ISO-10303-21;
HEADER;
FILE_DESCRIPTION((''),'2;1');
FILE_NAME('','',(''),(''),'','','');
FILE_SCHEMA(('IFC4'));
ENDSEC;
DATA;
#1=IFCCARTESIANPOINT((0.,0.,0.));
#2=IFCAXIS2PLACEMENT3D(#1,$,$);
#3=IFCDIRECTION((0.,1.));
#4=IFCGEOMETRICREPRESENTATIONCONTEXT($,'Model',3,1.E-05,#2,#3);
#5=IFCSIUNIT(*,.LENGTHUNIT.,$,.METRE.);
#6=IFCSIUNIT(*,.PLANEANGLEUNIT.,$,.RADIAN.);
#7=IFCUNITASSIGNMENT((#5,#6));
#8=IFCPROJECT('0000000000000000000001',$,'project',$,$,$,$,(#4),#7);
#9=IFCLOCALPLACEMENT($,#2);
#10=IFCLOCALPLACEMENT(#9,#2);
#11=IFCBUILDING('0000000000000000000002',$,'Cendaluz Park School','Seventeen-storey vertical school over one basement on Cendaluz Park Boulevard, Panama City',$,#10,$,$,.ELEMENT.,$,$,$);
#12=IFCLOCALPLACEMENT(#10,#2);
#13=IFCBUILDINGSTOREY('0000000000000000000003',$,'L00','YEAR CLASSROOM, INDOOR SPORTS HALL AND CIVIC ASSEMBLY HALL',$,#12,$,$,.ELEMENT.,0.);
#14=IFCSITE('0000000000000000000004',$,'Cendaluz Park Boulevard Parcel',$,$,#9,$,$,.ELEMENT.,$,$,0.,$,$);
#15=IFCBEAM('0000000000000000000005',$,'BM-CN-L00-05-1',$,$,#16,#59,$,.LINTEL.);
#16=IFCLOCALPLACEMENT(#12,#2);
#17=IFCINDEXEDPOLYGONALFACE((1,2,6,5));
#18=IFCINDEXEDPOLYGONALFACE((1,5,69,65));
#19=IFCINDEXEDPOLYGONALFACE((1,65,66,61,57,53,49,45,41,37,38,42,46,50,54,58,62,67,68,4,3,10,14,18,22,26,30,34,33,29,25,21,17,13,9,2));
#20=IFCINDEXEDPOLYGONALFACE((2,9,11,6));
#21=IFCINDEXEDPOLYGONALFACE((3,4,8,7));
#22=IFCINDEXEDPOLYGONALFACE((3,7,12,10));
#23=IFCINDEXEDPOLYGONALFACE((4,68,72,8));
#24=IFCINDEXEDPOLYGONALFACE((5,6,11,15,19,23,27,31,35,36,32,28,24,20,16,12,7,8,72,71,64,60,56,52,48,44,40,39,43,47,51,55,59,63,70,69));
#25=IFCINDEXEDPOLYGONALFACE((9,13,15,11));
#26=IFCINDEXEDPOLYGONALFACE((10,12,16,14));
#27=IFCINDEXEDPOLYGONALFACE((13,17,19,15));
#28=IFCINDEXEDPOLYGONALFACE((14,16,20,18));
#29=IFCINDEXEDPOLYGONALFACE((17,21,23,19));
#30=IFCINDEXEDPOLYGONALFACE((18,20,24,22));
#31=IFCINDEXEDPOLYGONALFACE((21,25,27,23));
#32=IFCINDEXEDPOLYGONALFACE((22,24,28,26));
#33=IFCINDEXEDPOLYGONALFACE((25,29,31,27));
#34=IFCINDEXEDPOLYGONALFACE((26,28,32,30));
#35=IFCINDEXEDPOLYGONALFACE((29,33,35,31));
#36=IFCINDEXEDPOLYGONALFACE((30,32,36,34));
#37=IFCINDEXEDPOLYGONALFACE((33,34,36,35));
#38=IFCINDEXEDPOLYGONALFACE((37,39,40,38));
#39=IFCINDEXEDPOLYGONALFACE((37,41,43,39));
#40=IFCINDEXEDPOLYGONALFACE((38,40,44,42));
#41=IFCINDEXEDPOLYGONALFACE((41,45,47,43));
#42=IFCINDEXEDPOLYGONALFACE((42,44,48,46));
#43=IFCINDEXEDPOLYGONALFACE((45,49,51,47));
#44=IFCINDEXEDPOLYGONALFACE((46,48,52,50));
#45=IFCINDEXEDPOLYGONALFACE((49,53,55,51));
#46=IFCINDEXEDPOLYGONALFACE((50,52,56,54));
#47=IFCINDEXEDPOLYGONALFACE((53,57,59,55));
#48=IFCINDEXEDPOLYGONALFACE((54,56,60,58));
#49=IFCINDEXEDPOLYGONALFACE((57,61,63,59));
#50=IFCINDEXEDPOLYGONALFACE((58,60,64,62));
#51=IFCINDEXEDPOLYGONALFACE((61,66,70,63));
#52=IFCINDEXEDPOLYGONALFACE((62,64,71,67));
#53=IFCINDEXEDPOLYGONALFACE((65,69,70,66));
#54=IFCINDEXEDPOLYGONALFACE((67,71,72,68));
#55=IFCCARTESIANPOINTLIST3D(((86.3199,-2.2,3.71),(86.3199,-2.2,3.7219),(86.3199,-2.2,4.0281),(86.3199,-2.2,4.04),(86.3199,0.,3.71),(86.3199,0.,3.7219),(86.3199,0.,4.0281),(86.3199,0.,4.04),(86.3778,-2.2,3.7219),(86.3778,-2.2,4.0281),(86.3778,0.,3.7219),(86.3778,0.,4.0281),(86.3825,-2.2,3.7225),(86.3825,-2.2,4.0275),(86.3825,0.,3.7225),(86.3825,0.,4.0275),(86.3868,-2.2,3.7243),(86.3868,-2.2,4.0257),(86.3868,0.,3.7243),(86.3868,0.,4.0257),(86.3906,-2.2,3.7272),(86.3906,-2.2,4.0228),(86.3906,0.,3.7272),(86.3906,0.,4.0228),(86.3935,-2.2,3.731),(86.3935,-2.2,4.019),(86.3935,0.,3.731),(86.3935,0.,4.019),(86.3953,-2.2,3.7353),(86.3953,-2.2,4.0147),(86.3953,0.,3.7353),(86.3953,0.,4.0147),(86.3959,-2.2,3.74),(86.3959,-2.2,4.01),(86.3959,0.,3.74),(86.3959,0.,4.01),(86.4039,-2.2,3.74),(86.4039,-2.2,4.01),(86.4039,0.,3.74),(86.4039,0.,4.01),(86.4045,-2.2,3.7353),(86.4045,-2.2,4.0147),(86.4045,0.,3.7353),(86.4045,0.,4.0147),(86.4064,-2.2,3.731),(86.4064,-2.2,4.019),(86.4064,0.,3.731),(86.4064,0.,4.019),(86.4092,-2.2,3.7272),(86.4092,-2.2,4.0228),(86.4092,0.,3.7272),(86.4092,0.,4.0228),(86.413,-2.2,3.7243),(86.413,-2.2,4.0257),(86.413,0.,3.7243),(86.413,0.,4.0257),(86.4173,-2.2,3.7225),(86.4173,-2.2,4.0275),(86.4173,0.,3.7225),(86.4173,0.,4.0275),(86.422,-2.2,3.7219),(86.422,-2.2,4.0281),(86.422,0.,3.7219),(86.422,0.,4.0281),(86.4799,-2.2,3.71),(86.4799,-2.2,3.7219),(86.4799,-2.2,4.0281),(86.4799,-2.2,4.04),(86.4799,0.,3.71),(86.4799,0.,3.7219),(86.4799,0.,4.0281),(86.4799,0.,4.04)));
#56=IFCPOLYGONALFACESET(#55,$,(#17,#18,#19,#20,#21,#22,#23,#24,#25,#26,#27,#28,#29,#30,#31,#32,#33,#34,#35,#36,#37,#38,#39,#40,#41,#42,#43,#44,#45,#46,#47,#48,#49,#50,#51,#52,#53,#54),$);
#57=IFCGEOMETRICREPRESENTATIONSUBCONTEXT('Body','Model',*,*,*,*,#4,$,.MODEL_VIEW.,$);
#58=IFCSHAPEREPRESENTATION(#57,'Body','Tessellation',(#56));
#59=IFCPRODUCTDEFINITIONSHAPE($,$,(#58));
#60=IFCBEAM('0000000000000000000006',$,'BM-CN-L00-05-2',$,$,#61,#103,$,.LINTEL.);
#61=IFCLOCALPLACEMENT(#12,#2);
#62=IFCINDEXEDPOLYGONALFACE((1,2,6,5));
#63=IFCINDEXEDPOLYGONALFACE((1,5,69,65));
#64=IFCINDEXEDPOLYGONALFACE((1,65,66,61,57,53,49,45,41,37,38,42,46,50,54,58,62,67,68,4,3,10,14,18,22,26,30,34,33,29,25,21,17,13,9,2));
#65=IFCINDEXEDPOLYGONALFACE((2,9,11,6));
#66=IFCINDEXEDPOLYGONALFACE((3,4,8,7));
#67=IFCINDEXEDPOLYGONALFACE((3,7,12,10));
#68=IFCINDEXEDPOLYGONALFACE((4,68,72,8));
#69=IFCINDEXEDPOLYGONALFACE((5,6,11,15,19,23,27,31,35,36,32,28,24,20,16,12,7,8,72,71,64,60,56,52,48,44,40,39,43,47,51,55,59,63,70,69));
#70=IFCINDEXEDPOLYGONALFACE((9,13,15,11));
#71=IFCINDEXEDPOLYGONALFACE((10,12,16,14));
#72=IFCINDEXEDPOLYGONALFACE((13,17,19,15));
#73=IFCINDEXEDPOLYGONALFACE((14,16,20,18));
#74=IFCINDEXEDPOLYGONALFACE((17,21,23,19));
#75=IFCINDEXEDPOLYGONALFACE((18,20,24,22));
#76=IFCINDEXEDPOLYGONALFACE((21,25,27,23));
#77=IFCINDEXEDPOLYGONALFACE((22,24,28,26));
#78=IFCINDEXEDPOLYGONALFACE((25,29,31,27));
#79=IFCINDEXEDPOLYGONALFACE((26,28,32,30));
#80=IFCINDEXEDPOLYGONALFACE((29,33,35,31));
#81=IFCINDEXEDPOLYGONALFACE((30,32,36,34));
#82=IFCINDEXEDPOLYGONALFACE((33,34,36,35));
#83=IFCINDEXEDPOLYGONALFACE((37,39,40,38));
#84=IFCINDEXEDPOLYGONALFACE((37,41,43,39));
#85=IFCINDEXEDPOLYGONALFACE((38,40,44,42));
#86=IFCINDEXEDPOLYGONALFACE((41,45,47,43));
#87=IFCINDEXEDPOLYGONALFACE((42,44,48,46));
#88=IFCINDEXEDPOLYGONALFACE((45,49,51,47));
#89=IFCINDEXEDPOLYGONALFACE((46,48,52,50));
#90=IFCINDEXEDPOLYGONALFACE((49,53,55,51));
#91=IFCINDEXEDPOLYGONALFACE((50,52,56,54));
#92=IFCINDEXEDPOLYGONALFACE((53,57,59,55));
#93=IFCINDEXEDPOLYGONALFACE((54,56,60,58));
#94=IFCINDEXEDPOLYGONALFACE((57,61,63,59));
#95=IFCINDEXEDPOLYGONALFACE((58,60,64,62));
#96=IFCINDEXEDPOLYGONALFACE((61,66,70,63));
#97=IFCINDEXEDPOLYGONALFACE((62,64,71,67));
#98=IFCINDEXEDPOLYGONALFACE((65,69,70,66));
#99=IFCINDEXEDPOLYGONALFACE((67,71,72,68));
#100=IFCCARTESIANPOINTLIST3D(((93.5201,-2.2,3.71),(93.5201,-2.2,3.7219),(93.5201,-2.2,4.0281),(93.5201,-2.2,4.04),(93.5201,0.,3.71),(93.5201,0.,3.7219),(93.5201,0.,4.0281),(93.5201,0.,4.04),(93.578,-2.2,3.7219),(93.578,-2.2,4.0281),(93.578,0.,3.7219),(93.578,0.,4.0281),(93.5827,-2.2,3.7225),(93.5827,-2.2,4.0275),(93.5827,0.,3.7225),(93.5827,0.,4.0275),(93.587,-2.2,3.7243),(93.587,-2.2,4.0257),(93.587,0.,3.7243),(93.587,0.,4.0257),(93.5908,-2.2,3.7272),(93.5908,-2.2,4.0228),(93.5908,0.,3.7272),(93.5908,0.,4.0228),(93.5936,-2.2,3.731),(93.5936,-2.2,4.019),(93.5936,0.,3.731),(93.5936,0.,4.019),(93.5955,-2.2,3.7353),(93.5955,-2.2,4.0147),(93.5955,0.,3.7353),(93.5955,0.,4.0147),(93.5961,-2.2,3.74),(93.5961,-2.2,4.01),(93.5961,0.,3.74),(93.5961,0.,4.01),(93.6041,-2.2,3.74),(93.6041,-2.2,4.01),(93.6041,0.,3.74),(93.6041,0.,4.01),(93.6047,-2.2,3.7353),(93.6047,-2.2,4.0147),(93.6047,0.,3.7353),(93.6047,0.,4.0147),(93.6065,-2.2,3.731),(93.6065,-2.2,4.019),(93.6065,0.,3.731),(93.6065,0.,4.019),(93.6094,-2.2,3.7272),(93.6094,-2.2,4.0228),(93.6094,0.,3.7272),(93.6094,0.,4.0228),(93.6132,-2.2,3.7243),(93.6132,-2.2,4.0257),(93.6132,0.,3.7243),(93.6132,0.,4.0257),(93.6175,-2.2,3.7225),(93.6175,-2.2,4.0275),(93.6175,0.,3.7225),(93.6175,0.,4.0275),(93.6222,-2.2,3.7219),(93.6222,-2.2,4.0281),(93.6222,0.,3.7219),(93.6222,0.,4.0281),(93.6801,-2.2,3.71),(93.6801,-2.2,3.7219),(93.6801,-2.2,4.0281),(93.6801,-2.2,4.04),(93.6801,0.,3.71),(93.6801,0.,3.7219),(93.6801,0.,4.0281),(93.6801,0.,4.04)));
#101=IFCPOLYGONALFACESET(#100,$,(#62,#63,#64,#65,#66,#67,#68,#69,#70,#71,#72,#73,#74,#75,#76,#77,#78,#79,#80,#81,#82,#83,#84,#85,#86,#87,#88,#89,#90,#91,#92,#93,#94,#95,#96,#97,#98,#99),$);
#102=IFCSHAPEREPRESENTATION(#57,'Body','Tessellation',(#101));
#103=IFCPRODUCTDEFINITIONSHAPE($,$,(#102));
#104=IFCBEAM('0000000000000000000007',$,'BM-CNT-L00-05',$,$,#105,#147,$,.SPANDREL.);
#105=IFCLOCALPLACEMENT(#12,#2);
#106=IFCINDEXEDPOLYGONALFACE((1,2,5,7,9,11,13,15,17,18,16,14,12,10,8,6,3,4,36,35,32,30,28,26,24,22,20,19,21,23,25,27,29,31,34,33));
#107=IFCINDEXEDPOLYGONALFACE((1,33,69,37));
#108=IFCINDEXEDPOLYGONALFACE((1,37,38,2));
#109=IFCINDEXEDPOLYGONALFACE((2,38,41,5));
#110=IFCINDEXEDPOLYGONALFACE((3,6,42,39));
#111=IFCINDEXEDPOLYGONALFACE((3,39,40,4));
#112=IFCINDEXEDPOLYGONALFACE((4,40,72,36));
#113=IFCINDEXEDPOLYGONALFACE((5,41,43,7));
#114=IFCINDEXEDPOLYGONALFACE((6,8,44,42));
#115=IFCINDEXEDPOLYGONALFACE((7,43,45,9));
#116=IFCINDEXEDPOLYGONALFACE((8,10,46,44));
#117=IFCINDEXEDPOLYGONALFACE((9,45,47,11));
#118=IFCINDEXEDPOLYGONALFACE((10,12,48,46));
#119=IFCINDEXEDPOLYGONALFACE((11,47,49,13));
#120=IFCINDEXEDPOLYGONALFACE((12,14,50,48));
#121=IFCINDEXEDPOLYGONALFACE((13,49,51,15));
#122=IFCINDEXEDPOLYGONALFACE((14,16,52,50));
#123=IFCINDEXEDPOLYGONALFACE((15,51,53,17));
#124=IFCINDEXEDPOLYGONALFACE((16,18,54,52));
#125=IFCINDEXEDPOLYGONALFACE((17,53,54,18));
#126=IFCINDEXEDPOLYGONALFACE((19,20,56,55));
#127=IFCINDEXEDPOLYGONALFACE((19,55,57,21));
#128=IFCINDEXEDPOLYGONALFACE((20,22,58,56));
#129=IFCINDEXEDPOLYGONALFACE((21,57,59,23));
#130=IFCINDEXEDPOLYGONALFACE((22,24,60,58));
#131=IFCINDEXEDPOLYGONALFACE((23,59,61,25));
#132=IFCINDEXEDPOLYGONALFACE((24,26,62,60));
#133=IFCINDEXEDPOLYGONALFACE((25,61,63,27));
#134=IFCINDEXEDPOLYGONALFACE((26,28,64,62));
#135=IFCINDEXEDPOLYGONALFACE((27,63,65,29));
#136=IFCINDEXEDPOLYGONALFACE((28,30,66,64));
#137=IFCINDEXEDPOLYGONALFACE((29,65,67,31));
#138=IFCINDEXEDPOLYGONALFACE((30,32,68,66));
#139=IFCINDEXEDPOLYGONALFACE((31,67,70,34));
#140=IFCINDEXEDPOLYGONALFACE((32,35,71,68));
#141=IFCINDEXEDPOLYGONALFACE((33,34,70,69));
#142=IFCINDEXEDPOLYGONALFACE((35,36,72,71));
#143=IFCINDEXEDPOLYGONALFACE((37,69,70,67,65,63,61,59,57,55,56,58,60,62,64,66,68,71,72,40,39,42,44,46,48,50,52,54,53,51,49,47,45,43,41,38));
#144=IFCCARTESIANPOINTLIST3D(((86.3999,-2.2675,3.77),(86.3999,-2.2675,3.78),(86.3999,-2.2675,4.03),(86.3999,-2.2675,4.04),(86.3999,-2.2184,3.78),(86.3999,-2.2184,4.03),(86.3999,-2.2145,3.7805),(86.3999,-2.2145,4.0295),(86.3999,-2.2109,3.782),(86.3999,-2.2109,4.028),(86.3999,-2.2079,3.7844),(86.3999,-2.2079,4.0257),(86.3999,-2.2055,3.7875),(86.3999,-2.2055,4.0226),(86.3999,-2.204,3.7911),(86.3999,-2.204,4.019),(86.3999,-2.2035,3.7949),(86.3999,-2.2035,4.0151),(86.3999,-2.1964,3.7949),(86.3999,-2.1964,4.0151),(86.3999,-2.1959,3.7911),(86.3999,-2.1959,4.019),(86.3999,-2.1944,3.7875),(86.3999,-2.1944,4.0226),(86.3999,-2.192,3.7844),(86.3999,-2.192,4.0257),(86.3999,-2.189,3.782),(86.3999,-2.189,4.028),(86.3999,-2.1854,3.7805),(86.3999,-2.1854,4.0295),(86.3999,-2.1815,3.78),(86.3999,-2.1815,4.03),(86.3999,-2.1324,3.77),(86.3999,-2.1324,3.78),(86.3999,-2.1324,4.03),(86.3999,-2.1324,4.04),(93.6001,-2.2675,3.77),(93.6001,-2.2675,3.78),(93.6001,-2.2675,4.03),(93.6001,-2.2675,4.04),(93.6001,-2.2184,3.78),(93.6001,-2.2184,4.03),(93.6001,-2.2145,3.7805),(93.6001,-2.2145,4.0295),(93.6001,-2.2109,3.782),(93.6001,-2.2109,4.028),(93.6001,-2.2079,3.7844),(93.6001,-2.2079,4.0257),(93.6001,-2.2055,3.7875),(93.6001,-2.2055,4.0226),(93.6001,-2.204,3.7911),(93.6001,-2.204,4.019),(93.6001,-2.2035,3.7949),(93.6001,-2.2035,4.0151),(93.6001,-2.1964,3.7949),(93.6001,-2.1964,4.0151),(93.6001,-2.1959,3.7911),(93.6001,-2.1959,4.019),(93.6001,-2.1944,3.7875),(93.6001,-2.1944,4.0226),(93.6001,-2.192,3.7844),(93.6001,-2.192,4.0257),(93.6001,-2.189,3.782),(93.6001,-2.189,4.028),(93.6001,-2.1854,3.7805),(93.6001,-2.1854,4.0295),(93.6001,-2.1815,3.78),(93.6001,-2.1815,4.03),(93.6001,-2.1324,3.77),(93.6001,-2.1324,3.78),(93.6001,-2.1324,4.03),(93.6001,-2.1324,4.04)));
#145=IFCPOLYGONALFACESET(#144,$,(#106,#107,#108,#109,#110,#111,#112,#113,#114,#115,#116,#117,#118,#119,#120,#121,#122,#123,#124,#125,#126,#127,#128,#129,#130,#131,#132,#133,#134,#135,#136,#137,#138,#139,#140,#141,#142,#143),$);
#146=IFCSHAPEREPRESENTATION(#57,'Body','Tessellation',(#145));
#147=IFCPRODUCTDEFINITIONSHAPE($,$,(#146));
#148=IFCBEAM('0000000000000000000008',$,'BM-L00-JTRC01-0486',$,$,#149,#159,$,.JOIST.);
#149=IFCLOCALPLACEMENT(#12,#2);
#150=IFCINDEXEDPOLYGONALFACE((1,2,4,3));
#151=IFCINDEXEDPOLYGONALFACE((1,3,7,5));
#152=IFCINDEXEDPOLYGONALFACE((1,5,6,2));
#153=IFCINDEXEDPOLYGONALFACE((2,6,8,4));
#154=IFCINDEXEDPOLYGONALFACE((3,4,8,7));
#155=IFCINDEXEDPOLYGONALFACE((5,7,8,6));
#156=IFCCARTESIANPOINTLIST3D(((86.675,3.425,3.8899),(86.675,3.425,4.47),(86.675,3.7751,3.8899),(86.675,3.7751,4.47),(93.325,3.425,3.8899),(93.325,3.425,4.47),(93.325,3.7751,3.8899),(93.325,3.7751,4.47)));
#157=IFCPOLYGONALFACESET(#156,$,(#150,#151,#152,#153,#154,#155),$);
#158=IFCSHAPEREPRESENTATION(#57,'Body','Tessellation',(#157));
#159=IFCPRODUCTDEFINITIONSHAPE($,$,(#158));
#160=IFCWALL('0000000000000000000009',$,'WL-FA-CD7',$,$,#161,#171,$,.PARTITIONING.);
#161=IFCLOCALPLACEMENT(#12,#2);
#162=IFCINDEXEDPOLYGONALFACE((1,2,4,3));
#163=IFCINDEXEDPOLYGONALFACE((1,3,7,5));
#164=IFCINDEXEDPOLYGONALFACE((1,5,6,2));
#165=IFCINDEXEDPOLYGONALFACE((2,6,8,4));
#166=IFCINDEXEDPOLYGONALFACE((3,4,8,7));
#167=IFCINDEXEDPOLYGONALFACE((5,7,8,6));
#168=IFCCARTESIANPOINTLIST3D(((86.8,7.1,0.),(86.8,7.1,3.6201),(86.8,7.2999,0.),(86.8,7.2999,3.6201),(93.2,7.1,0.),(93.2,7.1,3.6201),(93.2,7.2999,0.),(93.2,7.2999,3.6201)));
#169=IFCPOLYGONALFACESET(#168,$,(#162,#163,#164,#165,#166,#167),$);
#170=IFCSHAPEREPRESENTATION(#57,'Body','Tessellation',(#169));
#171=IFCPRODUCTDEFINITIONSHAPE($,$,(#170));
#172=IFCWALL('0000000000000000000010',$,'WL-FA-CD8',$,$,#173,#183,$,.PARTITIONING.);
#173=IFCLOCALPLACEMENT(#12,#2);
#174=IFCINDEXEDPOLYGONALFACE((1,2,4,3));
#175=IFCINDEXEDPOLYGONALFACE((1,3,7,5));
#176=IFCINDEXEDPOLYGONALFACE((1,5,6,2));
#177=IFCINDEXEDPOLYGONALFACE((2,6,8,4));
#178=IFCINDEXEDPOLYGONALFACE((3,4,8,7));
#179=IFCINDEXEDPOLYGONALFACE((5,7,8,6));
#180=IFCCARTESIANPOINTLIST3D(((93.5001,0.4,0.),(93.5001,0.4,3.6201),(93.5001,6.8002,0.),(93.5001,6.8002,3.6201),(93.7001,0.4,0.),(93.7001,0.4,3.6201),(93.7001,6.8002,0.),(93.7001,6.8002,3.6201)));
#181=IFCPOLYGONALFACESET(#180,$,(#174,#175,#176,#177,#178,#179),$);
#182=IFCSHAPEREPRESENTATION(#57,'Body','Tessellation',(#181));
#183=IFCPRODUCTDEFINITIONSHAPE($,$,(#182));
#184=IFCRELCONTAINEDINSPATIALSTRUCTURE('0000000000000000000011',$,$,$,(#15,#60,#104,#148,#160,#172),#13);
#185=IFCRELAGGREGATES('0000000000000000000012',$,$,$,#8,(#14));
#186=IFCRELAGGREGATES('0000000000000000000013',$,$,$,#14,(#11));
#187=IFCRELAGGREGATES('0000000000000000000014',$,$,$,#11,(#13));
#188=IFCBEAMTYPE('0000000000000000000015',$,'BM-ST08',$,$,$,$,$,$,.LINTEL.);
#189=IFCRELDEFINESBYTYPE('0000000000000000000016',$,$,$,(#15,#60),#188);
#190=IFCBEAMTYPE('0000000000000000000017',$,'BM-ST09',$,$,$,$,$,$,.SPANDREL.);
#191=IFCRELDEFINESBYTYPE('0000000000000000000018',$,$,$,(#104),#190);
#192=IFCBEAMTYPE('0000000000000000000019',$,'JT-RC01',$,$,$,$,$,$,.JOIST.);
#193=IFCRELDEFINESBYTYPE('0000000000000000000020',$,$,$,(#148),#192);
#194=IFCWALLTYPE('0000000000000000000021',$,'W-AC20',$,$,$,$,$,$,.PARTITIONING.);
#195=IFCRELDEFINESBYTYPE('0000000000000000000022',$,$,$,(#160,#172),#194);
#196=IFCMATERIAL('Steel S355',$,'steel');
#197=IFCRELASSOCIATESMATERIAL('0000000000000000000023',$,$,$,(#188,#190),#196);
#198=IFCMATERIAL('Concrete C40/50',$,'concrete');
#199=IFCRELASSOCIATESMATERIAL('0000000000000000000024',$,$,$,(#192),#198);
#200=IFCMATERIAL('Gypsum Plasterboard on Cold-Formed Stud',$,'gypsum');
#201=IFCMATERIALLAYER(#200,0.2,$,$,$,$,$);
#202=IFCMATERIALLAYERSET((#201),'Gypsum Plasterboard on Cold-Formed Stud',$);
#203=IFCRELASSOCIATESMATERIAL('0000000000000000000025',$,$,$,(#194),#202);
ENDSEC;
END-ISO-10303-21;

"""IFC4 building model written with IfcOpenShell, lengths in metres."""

from ifc_helpers import new_model, si_unit, direction, frame, frame_2d, origin, origin_2d, place, context, subcontext, project, spatial, rectangle, i_section, extrude, material, layer, layer_set, material_profile, profile_set, type_object, element, save


model = new_model("IFC4")

# Units and contexts
model_context = context("Model", 3, precision=1e-05, world=origin(), true_north=direction((0.0, 1.0)))
body_context = subcontext(model_context, "Body", "Model", "MODEL_VIEW")
ifc_project = project(units=[si_unit("LENGTHUNIT", "METRE"), si_unit("PLANEANGLEUNIT", "RADIAN")], contexts=[model_context])

# Site, building, storey
site_placement = place(None, origin())
site = spatial("IfcSite", under=ifc_project, at=site_placement, Name="Cendaluz Park Boulevard Parcel", CompositionType="ELEMENT", RefElevation=0.0)
building_placement = place(site_placement, origin())
building = spatial("IfcBuilding", under=site, at=building_placement, Name="Cendaluz Park School", Description="Seventeen-storey vertical school over one basement on Cendaluz Park Boulevard, Panama City", CompositionType="ELEMENT")
storey_placement = place(building_placement, origin())
storey = spatial("IfcBuildingStorey", under=building, at=storey_placement, Name="L00", Description="YEAR CLASSROOM, INDOOR SPORTS HALL AND CIVIC ASSEMBLY HALL", CompositionType="ELEMENT", Elevation=0.0)

# Shared definitions
ifc_material_1 = material(Name="Concrete C40/50", Category="concrete")

# Beams
ifc_material_2 = material(Name="Steel S355", Category="steel")
ifc_material_profile_1 = material_profile(ifc_material_2, i_section(OverallWidth=0.1599, OverallDepth=0.3301, WebThickness=0.0081, FlangeThickness=0.012, FilletRadius=0.0181, at=origin_2d()), Name="IPE 330", Category="steel")
ifc_profile_set_1 = profile_set([ifc_material_profile_1], Name="Steel S355")
beam_type_1 = type_object("IfcBeamType", Name="BM-ST08", PredefinedType="LINTEL", material=ifc_profile_set_1)
for number, where, z_axis, x_axis, name in (
    (1, (86.3999, 0.0, 3.875), (0.0, -1.0, 0.0), (1.0, 0.0, 0.0), "BM-CN-L00-05-1"),
    (2, (93.6001, 0.0, 3.875), (0.0, -1.0, 0.0), (1.0, 0.0, 0.0), "BM-CN-L00-05-2"),
):
    element("IfcBeam", number, at=place(storey_placement, frame(where, z_axis=z_axis, x_axis=x_axis)), inside=storey, type_object=beam_type_1, Name=name, PredefinedType="LINTEL", context=body_context, shape_type="SweptSolid", body=[
        extrude(i_section(OverallWidth=0.1599, OverallDepth=0.3301, WebThickness=0.0081, FlangeThickness=0.012, FilletRadius=0.0181, at=origin_2d()), origin(), (0.0, 0.0, 1.0), 2.2),
    ])
ifc_material_profile_2 = material_profile(ifc_material_2, i_section(OverallWidth=0.135, OverallDepth=0.27, WebThickness=0.0071, FlangeThickness=0.01, FilletRadius=0.0149, at=origin_2d()), Name="IPE 270", Category="steel")
ifc_profile_set_2 = profile_set([ifc_material_profile_2], Name="Steel S355")
beam_type_2 = type_object("IfcBeamType", Name="BM-ST09", PredefinedType="SPANDREL", material=ifc_profile_set_2)
beam_1_placement = place(storey_placement, frame((86.3999, -2.2, 3.905), z_axis=(1.0, 0.0, 0.0), x_axis=(0.0, 1.0, 0.0)))
element("IfcBeam", 3, at=beam_1_placement, inside=storey, type_object=beam_type_2, Name="BM-CNT-L00-05", PredefinedType="SPANDREL", context=body_context, shape_type="SweptSolid", body=[
    extrude(i_section(OverallWidth=0.135, OverallDepth=0.27, WebThickness=0.0071, FlangeThickness=0.01, FilletRadius=0.0149, at=origin_2d()), origin(), (0.0, 0.0, 1.0), 7.2002),
])
ifc_material_profile_3 = material_profile(ifc_material_1, rectangle(XDim=0.3501, YDim=0.5801, at=origin_2d()), Name="RC 350x580", Category="concrete")
ifc_profile_set_3 = profile_set([ifc_material_profile_3], Name="Concrete C40/50")
beam_type_3 = type_object("IfcBeamType", Name="JT-RC01", PredefinedType="JOIST", material=ifc_profile_set_3)
beam_2_placement = place(storey_placement, frame((86.675, 3.6001, 4.1799), z_axis=(1.0, 0.0, 0.0), x_axis=(0.0, 1.0, 0.0)))
element("IfcBeam", 4, at=beam_2_placement, inside=storey, type_object=beam_type_3, Name="BM-L00-JTRC01-0486", PredefinedType="JOIST", context=body_context, shape_type="SweptSolid", body=[
    extrude(rectangle(XDim=0.3501, YDim=0.5801, at=origin_2d()), origin(), (0.0, 0.0, 1.0), 6.6499),
])

# Walls
ifc_material_3 = material(Name="Gypsum Plasterboard on Cold-Formed Stud", Category="gypsum")
ifc_layer_1 = layer(ifc_material_3, 0.2)
ifc_layer_set_1 = layer_set([ifc_layer_1], Name="Gypsum Plasterboard on Cold-Formed Stud")
wall_type_1 = type_object("IfcWallType", Name="W-AC20", PredefinedType="PARTITIONING", material=ifc_layer_set_1)
wall_1_placement = place(storey_placement, frame((86.8, 7.2, 0.0), z_axis=(0.0, 0.0, 1.0), x_axis=(1.0, 0.0, 0.0)))
element("IfcWall", 5, at=wall_1_placement, inside=storey, type_object=wall_type_1, Name="WL-FA-CD7", PredefinedType="PARTITIONING", context=body_context, shape_type="SweptSolid", body=[
    extrude(rectangle(XDim=6.3999, YDim=0.2, at=frame_2d((3.2, 0.0))), origin(), (0.0, 0.0, 1.0), 3.6201),
])
wall_2_placement = place(storey_placement, frame((93.6001, 0.3999, 0.0), z_axis=(0.0, 0.0, 1.0), x_axis=(0.0, 1.0, 0.0)))
element("IfcWall", 6, at=wall_2_placement, inside=storey, type_object=wall_type_1, Name="WL-FA-CD8", PredefinedType="PARTITIONING", context=body_context, shape_type="SweptSolid", body=[
    extrude(rectangle(XDim=6.4001, YDim=0.2, at=frame_2d((3.2002, 0.0))), origin(), (0.0, 0.0, 1.0), 3.6201),
])

save(model, "model.ifc")
